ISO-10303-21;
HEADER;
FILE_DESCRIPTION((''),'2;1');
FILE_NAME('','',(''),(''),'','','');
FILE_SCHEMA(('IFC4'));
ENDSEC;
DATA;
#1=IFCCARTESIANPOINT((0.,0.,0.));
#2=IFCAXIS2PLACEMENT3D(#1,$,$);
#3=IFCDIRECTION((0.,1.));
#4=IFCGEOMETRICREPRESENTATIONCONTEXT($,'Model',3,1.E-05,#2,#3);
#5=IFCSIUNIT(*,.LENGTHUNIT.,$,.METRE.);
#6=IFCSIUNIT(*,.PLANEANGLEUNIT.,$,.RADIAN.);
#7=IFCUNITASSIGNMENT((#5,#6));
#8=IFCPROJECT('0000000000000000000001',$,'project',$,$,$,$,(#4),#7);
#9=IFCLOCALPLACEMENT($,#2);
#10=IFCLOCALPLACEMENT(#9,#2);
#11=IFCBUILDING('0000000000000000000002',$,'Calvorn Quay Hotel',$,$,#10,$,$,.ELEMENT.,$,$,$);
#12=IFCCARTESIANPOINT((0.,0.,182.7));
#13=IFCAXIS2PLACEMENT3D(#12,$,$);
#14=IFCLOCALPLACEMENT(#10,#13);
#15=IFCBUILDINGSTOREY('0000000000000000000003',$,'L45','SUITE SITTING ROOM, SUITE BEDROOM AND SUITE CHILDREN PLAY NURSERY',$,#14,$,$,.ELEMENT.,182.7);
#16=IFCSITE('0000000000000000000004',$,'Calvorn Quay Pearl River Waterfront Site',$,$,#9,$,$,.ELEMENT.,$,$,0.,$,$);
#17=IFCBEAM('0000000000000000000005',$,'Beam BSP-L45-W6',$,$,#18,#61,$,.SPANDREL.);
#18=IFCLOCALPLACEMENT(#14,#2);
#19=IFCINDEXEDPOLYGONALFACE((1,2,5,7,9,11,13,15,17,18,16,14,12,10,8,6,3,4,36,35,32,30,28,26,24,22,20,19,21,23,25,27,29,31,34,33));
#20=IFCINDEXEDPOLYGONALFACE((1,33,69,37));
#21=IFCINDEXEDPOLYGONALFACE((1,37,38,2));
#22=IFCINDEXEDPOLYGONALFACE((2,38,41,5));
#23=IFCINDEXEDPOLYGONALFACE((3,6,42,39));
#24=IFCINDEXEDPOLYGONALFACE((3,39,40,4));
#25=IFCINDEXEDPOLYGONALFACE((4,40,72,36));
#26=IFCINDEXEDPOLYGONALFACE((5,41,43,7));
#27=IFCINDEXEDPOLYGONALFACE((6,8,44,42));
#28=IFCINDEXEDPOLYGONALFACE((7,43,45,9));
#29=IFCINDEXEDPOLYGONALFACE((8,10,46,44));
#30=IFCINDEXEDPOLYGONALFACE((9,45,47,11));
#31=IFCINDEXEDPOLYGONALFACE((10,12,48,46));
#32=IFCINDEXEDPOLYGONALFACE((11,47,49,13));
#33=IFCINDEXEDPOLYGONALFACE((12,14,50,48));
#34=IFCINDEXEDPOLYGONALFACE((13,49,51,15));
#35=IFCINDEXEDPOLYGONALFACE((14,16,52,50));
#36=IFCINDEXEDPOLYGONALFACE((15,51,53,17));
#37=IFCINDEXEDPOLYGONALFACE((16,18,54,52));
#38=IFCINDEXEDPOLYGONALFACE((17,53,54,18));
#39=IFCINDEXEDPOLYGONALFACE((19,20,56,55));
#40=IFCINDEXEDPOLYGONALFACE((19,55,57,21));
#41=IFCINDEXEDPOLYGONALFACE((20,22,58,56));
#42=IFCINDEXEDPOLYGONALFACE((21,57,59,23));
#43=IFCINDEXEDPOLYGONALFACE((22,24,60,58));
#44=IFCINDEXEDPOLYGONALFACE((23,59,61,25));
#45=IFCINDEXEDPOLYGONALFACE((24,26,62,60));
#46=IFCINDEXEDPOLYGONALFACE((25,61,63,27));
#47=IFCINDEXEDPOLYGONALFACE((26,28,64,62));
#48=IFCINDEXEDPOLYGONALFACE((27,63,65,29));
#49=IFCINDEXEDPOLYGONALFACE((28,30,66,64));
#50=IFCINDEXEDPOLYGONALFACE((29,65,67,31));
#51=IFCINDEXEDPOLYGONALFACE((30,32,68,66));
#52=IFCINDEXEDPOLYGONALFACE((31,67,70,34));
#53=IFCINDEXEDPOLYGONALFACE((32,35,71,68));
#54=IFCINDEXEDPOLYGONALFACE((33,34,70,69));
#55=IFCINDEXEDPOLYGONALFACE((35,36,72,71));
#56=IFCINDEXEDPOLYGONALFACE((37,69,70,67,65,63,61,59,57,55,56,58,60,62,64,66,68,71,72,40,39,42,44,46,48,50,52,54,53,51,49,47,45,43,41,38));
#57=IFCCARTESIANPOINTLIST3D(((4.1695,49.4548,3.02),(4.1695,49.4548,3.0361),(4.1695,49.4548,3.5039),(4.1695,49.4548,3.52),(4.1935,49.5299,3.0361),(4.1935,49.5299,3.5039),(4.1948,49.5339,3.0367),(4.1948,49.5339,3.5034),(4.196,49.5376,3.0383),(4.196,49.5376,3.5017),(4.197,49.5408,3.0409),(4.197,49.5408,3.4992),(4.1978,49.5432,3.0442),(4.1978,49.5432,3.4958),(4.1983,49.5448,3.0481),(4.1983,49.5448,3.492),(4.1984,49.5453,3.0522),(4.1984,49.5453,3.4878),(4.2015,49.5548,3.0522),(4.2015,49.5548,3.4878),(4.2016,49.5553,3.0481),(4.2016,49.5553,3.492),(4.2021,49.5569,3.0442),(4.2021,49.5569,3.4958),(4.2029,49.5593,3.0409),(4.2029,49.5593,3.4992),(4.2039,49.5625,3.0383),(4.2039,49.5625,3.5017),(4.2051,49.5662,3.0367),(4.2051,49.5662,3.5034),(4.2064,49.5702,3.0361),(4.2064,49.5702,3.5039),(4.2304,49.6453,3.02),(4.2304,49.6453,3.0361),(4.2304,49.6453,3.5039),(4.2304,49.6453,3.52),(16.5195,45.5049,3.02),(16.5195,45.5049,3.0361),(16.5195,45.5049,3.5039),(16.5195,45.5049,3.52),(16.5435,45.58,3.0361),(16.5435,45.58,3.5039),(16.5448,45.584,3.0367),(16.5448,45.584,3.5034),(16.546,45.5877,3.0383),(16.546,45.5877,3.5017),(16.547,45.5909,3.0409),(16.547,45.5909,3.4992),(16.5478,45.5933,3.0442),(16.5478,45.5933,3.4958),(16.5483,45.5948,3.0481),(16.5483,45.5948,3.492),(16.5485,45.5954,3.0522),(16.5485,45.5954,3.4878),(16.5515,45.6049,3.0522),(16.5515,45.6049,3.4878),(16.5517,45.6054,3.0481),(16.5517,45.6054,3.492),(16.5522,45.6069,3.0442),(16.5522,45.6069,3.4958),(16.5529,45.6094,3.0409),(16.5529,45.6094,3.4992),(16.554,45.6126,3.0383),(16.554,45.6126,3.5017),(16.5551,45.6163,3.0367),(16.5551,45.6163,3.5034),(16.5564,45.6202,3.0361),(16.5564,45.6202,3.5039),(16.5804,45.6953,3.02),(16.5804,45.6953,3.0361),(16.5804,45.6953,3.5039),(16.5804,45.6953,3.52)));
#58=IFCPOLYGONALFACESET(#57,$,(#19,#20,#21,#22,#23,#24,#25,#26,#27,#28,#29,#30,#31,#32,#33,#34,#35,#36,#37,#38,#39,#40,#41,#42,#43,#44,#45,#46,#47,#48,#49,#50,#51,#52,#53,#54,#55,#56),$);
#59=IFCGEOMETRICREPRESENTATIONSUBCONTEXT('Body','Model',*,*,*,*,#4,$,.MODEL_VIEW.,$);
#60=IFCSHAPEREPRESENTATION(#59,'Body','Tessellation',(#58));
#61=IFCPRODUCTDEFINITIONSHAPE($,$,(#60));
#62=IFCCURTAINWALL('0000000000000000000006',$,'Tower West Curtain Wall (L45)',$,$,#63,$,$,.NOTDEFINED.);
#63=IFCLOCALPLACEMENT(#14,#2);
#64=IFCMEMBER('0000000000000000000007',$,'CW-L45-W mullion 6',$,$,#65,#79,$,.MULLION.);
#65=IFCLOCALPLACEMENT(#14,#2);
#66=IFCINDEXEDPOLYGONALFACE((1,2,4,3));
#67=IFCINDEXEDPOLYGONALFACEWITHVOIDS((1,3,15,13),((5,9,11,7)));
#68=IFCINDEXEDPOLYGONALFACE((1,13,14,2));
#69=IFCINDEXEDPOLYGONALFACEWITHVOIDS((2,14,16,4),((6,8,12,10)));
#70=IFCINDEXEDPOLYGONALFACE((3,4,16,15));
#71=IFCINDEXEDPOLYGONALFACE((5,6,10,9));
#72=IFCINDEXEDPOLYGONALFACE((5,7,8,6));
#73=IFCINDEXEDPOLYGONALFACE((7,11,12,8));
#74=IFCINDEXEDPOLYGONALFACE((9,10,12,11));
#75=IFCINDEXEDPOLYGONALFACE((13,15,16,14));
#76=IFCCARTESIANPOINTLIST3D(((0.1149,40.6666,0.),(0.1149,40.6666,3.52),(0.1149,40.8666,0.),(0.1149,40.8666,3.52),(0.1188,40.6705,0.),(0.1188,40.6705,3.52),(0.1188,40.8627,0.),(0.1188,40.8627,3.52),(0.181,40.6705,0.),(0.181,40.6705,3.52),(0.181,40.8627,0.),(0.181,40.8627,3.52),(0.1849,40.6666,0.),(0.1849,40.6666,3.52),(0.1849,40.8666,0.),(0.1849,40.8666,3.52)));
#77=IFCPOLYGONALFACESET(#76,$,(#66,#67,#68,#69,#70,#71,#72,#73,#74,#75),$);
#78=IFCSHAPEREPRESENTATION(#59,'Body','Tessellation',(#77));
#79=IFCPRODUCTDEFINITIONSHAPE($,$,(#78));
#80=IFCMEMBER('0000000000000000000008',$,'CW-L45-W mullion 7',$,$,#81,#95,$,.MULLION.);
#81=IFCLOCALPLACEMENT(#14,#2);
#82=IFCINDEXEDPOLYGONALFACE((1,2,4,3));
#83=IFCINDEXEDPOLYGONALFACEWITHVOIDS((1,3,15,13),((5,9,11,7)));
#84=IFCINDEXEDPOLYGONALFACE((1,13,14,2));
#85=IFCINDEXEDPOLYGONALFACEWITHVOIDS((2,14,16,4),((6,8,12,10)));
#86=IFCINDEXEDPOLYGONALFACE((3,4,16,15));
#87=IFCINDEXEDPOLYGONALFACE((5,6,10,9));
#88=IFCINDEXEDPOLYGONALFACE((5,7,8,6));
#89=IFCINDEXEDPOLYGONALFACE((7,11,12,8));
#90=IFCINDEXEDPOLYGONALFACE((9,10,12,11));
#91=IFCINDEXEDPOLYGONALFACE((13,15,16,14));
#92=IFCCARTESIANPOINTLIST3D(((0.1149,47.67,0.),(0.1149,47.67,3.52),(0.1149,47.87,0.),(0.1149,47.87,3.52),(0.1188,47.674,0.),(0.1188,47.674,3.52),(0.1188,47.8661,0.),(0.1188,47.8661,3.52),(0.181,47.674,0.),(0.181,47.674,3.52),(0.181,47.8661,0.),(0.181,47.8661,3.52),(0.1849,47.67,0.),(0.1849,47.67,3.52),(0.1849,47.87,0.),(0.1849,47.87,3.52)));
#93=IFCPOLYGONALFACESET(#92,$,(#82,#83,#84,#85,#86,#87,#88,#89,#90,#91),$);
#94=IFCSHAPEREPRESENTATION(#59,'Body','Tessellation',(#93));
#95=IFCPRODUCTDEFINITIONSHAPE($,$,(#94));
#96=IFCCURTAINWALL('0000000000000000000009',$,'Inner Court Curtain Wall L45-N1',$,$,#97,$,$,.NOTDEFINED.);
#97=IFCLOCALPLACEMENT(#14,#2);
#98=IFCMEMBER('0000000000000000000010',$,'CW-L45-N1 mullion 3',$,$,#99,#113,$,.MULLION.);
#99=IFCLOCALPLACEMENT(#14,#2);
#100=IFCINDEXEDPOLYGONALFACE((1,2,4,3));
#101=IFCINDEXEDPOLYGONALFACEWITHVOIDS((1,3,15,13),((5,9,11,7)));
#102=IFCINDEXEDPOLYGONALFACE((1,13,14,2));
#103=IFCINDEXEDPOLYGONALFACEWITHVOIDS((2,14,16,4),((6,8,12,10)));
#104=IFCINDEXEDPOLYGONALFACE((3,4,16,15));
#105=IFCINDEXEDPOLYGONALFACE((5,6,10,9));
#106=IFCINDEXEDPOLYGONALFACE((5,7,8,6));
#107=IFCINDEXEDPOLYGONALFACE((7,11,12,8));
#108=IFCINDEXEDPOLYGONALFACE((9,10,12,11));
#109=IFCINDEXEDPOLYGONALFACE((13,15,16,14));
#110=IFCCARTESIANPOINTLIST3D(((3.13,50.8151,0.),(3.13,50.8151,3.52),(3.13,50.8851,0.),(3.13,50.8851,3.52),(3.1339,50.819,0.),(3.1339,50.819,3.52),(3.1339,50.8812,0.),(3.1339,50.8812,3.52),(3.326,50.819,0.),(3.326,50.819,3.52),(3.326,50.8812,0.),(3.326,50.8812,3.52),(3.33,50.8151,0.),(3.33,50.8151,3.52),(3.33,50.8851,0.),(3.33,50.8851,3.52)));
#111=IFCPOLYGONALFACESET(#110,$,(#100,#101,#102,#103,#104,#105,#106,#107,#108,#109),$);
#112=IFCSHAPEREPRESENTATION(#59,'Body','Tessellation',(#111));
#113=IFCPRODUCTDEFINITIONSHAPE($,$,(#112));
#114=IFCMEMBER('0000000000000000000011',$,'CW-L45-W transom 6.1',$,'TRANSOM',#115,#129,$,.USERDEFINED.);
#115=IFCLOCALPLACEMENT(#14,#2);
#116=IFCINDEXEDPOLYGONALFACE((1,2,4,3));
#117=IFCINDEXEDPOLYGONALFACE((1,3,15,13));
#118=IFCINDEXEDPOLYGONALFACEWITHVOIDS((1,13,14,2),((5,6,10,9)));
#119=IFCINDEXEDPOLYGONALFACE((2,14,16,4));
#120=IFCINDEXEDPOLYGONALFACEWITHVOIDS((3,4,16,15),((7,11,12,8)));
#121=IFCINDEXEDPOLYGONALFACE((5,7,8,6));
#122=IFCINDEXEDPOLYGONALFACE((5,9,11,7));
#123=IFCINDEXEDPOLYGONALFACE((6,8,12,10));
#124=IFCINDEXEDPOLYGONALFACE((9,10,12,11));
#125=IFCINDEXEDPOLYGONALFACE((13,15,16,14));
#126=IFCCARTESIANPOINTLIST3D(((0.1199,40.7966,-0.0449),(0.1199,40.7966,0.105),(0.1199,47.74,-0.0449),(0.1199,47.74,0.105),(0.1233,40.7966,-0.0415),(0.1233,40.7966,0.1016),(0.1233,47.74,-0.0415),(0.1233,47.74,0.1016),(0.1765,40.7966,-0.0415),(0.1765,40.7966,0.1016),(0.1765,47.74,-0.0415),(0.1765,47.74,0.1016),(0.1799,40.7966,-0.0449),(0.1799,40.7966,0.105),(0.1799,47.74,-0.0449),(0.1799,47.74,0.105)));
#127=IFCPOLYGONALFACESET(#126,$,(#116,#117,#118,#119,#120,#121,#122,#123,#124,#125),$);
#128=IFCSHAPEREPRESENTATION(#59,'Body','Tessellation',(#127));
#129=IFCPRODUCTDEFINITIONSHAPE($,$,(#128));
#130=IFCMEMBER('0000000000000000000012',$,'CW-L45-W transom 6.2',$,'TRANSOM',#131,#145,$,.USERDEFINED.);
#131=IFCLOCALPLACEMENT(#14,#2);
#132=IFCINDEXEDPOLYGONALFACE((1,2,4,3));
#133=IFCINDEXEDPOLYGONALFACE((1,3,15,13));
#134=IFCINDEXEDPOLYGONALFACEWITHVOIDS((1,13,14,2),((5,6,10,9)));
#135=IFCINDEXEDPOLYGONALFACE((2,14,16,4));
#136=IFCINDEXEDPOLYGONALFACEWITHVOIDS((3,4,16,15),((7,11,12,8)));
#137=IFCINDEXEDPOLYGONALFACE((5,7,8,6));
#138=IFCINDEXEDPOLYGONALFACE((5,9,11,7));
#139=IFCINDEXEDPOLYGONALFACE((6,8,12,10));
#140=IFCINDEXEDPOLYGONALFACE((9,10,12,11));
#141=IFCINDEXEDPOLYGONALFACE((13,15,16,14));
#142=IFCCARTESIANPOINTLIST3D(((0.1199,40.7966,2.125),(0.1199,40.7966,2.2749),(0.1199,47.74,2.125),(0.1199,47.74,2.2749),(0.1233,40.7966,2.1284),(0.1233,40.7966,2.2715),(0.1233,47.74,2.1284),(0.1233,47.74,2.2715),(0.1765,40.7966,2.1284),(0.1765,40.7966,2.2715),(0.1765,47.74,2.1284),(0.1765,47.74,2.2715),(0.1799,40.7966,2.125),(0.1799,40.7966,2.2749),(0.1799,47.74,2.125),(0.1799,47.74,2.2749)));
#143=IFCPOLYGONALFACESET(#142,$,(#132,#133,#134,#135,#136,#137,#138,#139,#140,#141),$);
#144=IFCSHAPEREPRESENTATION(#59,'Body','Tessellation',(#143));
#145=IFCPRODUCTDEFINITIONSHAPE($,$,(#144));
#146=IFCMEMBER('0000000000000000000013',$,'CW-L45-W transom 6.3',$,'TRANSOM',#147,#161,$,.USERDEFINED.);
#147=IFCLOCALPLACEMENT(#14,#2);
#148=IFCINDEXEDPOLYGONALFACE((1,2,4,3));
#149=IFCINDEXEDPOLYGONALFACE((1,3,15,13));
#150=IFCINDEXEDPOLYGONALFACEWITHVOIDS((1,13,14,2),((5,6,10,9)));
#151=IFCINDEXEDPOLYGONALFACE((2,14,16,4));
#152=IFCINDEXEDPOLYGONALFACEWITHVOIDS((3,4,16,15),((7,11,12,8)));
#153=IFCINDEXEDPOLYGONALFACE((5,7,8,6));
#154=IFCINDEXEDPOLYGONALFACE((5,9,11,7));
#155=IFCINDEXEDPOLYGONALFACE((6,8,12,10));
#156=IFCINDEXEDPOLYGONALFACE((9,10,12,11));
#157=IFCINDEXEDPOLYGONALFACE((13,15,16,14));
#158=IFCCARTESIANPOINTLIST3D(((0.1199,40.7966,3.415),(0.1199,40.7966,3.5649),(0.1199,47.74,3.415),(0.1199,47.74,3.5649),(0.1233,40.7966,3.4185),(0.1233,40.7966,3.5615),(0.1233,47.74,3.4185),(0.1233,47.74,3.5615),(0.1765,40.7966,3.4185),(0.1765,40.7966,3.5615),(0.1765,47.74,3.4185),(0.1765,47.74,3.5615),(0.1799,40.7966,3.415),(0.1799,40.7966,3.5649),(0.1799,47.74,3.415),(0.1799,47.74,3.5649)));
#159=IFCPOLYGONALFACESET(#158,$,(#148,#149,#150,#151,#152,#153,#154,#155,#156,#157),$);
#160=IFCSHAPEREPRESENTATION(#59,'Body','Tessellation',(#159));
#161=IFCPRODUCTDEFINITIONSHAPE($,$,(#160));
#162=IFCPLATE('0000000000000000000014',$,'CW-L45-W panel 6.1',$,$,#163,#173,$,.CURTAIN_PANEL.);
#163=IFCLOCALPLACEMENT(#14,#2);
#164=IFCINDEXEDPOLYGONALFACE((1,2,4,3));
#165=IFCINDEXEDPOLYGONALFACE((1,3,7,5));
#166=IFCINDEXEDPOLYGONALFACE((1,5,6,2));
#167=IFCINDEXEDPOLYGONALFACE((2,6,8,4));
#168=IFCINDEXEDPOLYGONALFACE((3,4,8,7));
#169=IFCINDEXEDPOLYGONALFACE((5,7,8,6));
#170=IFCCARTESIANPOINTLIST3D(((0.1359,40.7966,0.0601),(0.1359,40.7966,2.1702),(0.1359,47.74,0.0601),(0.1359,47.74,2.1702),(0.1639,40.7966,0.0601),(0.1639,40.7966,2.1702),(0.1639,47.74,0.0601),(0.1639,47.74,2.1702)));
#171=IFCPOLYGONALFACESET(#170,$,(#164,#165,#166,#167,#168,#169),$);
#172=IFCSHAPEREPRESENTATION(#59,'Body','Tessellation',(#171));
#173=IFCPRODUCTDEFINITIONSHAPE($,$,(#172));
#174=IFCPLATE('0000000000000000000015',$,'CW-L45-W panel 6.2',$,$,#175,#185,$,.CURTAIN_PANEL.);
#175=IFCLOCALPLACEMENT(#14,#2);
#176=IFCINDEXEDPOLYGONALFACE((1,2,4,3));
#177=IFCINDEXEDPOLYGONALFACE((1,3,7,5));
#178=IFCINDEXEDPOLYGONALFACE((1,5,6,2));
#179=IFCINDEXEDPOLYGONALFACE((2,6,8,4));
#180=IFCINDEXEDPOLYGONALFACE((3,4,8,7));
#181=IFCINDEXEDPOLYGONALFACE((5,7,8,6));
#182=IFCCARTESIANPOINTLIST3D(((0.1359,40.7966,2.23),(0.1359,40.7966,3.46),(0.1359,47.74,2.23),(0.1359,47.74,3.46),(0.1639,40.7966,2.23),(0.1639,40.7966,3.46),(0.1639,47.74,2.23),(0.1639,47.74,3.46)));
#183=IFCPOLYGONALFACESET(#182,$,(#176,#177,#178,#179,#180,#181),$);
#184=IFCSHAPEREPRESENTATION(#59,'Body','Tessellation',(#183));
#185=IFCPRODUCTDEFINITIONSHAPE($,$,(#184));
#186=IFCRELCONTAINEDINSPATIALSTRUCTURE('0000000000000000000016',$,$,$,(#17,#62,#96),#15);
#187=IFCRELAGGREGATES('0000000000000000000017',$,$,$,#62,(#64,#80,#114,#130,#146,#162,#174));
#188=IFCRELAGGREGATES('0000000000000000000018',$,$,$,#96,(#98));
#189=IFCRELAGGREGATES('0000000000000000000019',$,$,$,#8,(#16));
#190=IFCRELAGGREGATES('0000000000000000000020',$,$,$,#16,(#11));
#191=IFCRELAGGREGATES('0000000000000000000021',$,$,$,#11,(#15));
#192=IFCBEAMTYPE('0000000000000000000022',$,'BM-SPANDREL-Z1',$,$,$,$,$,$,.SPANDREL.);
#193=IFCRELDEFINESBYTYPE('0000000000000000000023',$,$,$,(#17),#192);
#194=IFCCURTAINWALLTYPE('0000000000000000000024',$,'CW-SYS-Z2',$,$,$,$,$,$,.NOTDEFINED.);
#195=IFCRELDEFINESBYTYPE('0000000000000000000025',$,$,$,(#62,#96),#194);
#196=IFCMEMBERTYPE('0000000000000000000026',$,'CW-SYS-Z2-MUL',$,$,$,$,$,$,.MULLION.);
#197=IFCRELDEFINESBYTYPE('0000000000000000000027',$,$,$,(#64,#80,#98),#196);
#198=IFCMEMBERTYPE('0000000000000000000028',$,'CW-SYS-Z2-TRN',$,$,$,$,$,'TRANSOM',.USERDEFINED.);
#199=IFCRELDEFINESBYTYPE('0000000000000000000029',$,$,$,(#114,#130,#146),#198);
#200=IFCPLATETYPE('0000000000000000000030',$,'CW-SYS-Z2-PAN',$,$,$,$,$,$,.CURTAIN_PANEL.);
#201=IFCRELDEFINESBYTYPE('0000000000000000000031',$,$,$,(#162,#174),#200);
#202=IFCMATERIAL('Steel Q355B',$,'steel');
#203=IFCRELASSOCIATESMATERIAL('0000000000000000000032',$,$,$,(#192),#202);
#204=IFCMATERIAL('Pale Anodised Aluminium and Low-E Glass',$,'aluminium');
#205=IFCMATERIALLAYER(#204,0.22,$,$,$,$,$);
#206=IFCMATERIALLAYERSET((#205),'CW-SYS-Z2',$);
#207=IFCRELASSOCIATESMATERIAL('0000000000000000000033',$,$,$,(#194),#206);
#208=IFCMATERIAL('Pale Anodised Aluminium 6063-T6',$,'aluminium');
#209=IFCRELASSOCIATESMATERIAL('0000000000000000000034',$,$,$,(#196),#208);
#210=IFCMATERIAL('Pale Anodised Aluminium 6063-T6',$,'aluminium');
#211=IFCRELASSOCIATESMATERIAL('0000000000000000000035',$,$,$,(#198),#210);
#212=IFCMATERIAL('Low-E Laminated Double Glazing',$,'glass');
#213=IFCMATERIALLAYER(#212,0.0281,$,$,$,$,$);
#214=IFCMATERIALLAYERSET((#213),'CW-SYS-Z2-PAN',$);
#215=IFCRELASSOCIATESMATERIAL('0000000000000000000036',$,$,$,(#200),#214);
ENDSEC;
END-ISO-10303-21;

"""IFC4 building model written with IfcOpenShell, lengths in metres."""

from ifc_helpers import new_model, si_unit, direction, frame, origin, origin_2d, place, context, subcontext, project, spatial, rectangle, hollow_rectangle, i_section, extrude, material, layer, layer_set, material_profile, profile_set, type_object, element, aggregate, save


model = new_model("IFC4")

# Units and contexts
model_context = context("Model", 3, precision=1e-05, world=origin(), true_north=direction((0.0, 1.0)))
body_context = subcontext(model_context, "Body", "Model", "MODEL_VIEW")
ifc_project = project(units=[si_unit("LENGTHUNIT", "METRE"), si_unit("PLANEANGLEUNIT", "RADIAN")], contexts=[model_context])

# Site, building, storey
site_placement = place(None, origin())
site = spatial("IfcSite", under=ifc_project, at=site_placement, Name="Calvorn Quay Pearl River Waterfront Site", CompositionType="ELEMENT", RefElevation=0.0)
building_placement = place(site_placement, origin())
building = spatial("IfcBuilding", under=site, at=building_placement, Name="Calvorn Quay Hotel", CompositionType="ELEMENT")
storey_placement = place(building_placement, frame((0.0, 0.0, 182.7)))
storey = spatial("IfcBuildingStorey", under=building, at=storey_placement, Name="L45", Description="SUITE SITTING ROOM, SUITE BEDROOM AND SUITE CHILDREN PLAY NURSERY", CompositionType="ELEMENT", Elevation=182.7)

# Beam
ifc_material_1 = material(Name="Steel Q355B", Category="steel")
ifc_material_profile_1 = material_profile(ifc_material_1, i_section(OverallWidth=0.2, OverallDepth=0.5, WebThickness=0.01, FlangeThickness=0.0161, FilletRadius=0.0161, at=origin_2d()), Name="HN500x200x10x16")
ifc_profile_set_1 = profile_set([ifc_material_profile_1], Name="Steel Q355B")
beam_type_1 = type_object("IfcBeamType", Name="BM-SPANDREL-Z1", PredefinedType="SPANDREL", material=ifc_profile_set_1)
beam_1_placement = place(storey_placement, frame((4.2, 49.55, 3.27), z_axis=(0.952471, -0.30463, 0.0), x_axis=(0.30463, 0.952471, 0.0)))
element("IfcBeam", 1, at=beam_1_placement, inside=storey, type_object=beam_type_1, Name="Beam BSP-L45-W6", PredefinedType="SPANDREL", context=body_context, shape_type="SweptSolid", body=[
    extrude(i_section(OverallWidth=0.2, OverallDepth=0.5, WebThickness=0.01, FlangeThickness=0.0161, FilletRadius=0.0161, at=origin_2d()), origin(), (0.0, 0.0, 1.0), 12.9663),
])

# Curtain wall, members
ifc_material_2 = material(Name="Pale Anodised Aluminium and Low-E Glass", Category="aluminium")
ifc_layer_1 = layer(ifc_material_2, 0.22)
ifc_layer_set_1 = layer_set([ifc_layer_1], Name="CW-SYS-Z2")
curtain_wall_type = type_object("IfcCurtainWallType", Name="CW-SYS-Z2", PredefinedType="NOTDEFINED", material=ifc_layer_set_1)
curtain_wall_1_placement = place(storey_placement, origin())
curtain_wall_1 = element("IfcCurtainWall", 2, at=curtain_wall_1_placement, inside=storey, type_object=curtain_wall_type, Name="Tower West Curtain Wall (L45)", PredefinedType="NOTDEFINED")
ifc_material_3 = material(Name="Pale Anodised Aluminium 6063-T6", Category="aluminium")
ifc_material_profile_2 = material_profile(ifc_material_3, hollow_rectangle(XDim=0.0701, YDim=0.2, WallThickness=0.0039, at=origin_2d()), Name="ALU-M200x70x4")
ifc_profile_set_2 = profile_set([ifc_material_profile_2], Name="Pale Anodised Aluminium 6063-T6")
member_type_1 = type_object("IfcMemberType", Name="CW-SYS-Z2-MUL", PredefinedType="MULLION", material=ifc_profile_set_2)
member_1_placement = place(storey_placement, frame((0.1499, 40.7666, 0.0), z_axis=(0.0, 0.0, 1.0), x_axis=(-1.0, 0.0, 0.0)))
member_1 = element("IfcMember", 3, at=member_1_placement, type_object=member_type_1, Name="CW-L45-W mullion 6", PredefinedType="MULLION", context=body_context, shape_type="SweptSolid", body=[
    extrude(hollow_rectangle(XDim=0.0701, YDim=0.2, WallThickness=0.0039, at=origin_2d()), origin(), (0.0, 0.0, 1.0), 3.52),
])
member_2_placement = place(storey_placement, frame((0.1499, 47.77, 0.0), z_axis=(0.0, 0.0, 1.0), x_axis=(-1.0, 0.0, 0.0)))
member_2 = element("IfcMember", 4, at=member_2_placement, type_object=member_type_1, Name="CW-L45-W mullion 7", PredefinedType="MULLION", context=body_context, shape_type="SweptSolid", body=[
    extrude(hollow_rectangle(XDim=0.0701, YDim=0.2, WallThickness=0.0039, at=origin_2d()), origin(), (0.0, 0.0, 1.0), 3.52),
])

# Curtain wall, member
curtain_wall_2_placement = place(storey_placement, origin())
curtain_wall_2 = element("IfcCurtainWall", 5, at=curtain_wall_2_placement, inside=storey, type_object=curtain_wall_type, Name="Inner Court Curtain Wall L45-N1", PredefinedType="NOTDEFINED")
member_3_placement = place(storey_placement, frame((3.23, 50.8501, 0.0), z_axis=(0.0, 0.0, 1.0), x_axis=(0.0, -1.0, 0.0)))
member_3 = element("IfcMember", 6, at=member_3_placement, type_object=member_type_1, Name="CW-L45-N1 mullion 3", PredefinedType="MULLION", context=body_context, shape_type="SweptSolid", body=[
    extrude(hollow_rectangle(XDim=0.0701, YDim=0.2, WallThickness=0.0039, at=origin_2d()), origin(), (0.0, 0.0, 1.0), 3.52),
])

# Members
ifc_material_4 = material(Name="Pale Anodised Aluminium 6063-T6", Category="aluminium")
ifc_material_profile_3 = material_profile(ifc_material_4, hollow_rectangle(XDim=0.0601, YDim=0.1499, WallThickness=0.0034, at=origin_2d()), Name="ALU-T150x60x3.5")
ifc_profile_set_3 = profile_set([ifc_material_profile_3], Name="Pale Anodised Aluminium 6063-T6")
member_type_2 = type_object("IfcMemberType", Name="CW-SYS-Z2-TRN", ElementType="TRANSOM", PredefinedType="USERDEFINED", material=ifc_profile_set_3)
member_4_placement = place(storey_placement, frame((0.1499, 40.7966, 0.03), z_axis=(0.0, 1.0, 0.0), x_axis=(-1.0, 0.0, 0.0)))
member_4 = element("IfcMember", 7, at=member_4_placement, type_object=member_type_2, Name="CW-L45-W transom 6.1", ObjectType="TRANSOM", PredefinedType="USERDEFINED", context=body_context, shape_type="SweptSolid", body=[
    extrude(hollow_rectangle(XDim=0.0601, YDim=0.1499, WallThickness=0.0034, at=origin_2d()), origin(), (0.0, 0.0, 1.0), 6.9434),
])
member_5_placement = place(storey_placement, frame((0.1499, 40.7966, 2.2), z_axis=(0.0, 1.0, 0.0), x_axis=(-1.0, 0.0, 0.0)))
member_5 = element("IfcMember", 8, at=member_5_placement, type_object=member_type_2, Name="CW-L45-W transom 6.2", ObjectType="TRANSOM", PredefinedType="USERDEFINED", context=body_context, shape_type="SweptSolid", body=[
    extrude(hollow_rectangle(XDim=0.0601, YDim=0.1499, WallThickness=0.0034, at=origin_2d()), origin(), (0.0, 0.0, 1.0), 6.9434),
])
member_6_placement = place(storey_placement, frame((0.1499, 40.7966, 3.49), z_axis=(0.0, 1.0, 0.0), x_axis=(-1.0, 0.0, 0.0)))
member_6 = element("IfcMember", 9, at=member_6_placement, type_object=member_type_2, Name="CW-L45-W transom 6.3", ObjectType="TRANSOM", PredefinedType="USERDEFINED", context=body_context, shape_type="SweptSolid", body=[
    extrude(hollow_rectangle(XDim=0.0601, YDim=0.1499, WallThickness=0.0034, at=origin_2d()), origin(), (0.0, 0.0, 1.0), 6.9434),
])

# Plates
ifc_material_5 = material(Name="Low-E Laminated Double Glazing", Category="glass")
ifc_layer_2 = layer(ifc_material_5, 0.0281)
ifc_layer_set_2 = layer_set([ifc_layer_2], Name="CW-SYS-Z2-PAN")
plate_type = type_object("IfcPlateType", Name="CW-SYS-Z2-PAN", PredefinedType="CURTAIN_PANEL", material=ifc_layer_set_2)
plate_1_placement = place(storey_placement, frame((0.1499, 44.2683, 0.0601), z_axis=(0.0, 0.0, 1.0), x_axis=(0.0, 1.0, 0.0)))
plate_1 = element("IfcPlate", 10, at=plate_1_placement, type_object=plate_type, Name="CW-L45-W panel 6.1", PredefinedType="CURTAIN_PANEL", context=body_context, shape_type="SweptSolid", body=[
    extrude(rectangle(XDim=6.9434, YDim=0.0281, at=origin_2d()), origin(), (0.0, 0.0, 1.0), 2.1101),
])
plate_2_placement = place(storey_placement, frame((0.1499, 44.2683, 2.23), z_axis=(0.0, 0.0, 1.0), x_axis=(0.0, 1.0, 0.0)))
plate_2 = element("IfcPlate", 11, at=plate_2_placement, type_object=plate_type, Name="CW-L45-W panel 6.2", PredefinedType="CURTAIN_PANEL", context=body_context, shape_type="SweptSolid", body=[
    extrude(rectangle(XDim=6.9434, YDim=0.0281, at=origin_2d()), origin(), (0.0, 0.0, 1.0), 1.23),
])
aggregate(curtain_wall_1, [member_1, member_2, member_4, member_5, member_6, plate_1, plate_2])
aggregate(curtain_wall_2, [member_3])

save(model, "model.ifc")
